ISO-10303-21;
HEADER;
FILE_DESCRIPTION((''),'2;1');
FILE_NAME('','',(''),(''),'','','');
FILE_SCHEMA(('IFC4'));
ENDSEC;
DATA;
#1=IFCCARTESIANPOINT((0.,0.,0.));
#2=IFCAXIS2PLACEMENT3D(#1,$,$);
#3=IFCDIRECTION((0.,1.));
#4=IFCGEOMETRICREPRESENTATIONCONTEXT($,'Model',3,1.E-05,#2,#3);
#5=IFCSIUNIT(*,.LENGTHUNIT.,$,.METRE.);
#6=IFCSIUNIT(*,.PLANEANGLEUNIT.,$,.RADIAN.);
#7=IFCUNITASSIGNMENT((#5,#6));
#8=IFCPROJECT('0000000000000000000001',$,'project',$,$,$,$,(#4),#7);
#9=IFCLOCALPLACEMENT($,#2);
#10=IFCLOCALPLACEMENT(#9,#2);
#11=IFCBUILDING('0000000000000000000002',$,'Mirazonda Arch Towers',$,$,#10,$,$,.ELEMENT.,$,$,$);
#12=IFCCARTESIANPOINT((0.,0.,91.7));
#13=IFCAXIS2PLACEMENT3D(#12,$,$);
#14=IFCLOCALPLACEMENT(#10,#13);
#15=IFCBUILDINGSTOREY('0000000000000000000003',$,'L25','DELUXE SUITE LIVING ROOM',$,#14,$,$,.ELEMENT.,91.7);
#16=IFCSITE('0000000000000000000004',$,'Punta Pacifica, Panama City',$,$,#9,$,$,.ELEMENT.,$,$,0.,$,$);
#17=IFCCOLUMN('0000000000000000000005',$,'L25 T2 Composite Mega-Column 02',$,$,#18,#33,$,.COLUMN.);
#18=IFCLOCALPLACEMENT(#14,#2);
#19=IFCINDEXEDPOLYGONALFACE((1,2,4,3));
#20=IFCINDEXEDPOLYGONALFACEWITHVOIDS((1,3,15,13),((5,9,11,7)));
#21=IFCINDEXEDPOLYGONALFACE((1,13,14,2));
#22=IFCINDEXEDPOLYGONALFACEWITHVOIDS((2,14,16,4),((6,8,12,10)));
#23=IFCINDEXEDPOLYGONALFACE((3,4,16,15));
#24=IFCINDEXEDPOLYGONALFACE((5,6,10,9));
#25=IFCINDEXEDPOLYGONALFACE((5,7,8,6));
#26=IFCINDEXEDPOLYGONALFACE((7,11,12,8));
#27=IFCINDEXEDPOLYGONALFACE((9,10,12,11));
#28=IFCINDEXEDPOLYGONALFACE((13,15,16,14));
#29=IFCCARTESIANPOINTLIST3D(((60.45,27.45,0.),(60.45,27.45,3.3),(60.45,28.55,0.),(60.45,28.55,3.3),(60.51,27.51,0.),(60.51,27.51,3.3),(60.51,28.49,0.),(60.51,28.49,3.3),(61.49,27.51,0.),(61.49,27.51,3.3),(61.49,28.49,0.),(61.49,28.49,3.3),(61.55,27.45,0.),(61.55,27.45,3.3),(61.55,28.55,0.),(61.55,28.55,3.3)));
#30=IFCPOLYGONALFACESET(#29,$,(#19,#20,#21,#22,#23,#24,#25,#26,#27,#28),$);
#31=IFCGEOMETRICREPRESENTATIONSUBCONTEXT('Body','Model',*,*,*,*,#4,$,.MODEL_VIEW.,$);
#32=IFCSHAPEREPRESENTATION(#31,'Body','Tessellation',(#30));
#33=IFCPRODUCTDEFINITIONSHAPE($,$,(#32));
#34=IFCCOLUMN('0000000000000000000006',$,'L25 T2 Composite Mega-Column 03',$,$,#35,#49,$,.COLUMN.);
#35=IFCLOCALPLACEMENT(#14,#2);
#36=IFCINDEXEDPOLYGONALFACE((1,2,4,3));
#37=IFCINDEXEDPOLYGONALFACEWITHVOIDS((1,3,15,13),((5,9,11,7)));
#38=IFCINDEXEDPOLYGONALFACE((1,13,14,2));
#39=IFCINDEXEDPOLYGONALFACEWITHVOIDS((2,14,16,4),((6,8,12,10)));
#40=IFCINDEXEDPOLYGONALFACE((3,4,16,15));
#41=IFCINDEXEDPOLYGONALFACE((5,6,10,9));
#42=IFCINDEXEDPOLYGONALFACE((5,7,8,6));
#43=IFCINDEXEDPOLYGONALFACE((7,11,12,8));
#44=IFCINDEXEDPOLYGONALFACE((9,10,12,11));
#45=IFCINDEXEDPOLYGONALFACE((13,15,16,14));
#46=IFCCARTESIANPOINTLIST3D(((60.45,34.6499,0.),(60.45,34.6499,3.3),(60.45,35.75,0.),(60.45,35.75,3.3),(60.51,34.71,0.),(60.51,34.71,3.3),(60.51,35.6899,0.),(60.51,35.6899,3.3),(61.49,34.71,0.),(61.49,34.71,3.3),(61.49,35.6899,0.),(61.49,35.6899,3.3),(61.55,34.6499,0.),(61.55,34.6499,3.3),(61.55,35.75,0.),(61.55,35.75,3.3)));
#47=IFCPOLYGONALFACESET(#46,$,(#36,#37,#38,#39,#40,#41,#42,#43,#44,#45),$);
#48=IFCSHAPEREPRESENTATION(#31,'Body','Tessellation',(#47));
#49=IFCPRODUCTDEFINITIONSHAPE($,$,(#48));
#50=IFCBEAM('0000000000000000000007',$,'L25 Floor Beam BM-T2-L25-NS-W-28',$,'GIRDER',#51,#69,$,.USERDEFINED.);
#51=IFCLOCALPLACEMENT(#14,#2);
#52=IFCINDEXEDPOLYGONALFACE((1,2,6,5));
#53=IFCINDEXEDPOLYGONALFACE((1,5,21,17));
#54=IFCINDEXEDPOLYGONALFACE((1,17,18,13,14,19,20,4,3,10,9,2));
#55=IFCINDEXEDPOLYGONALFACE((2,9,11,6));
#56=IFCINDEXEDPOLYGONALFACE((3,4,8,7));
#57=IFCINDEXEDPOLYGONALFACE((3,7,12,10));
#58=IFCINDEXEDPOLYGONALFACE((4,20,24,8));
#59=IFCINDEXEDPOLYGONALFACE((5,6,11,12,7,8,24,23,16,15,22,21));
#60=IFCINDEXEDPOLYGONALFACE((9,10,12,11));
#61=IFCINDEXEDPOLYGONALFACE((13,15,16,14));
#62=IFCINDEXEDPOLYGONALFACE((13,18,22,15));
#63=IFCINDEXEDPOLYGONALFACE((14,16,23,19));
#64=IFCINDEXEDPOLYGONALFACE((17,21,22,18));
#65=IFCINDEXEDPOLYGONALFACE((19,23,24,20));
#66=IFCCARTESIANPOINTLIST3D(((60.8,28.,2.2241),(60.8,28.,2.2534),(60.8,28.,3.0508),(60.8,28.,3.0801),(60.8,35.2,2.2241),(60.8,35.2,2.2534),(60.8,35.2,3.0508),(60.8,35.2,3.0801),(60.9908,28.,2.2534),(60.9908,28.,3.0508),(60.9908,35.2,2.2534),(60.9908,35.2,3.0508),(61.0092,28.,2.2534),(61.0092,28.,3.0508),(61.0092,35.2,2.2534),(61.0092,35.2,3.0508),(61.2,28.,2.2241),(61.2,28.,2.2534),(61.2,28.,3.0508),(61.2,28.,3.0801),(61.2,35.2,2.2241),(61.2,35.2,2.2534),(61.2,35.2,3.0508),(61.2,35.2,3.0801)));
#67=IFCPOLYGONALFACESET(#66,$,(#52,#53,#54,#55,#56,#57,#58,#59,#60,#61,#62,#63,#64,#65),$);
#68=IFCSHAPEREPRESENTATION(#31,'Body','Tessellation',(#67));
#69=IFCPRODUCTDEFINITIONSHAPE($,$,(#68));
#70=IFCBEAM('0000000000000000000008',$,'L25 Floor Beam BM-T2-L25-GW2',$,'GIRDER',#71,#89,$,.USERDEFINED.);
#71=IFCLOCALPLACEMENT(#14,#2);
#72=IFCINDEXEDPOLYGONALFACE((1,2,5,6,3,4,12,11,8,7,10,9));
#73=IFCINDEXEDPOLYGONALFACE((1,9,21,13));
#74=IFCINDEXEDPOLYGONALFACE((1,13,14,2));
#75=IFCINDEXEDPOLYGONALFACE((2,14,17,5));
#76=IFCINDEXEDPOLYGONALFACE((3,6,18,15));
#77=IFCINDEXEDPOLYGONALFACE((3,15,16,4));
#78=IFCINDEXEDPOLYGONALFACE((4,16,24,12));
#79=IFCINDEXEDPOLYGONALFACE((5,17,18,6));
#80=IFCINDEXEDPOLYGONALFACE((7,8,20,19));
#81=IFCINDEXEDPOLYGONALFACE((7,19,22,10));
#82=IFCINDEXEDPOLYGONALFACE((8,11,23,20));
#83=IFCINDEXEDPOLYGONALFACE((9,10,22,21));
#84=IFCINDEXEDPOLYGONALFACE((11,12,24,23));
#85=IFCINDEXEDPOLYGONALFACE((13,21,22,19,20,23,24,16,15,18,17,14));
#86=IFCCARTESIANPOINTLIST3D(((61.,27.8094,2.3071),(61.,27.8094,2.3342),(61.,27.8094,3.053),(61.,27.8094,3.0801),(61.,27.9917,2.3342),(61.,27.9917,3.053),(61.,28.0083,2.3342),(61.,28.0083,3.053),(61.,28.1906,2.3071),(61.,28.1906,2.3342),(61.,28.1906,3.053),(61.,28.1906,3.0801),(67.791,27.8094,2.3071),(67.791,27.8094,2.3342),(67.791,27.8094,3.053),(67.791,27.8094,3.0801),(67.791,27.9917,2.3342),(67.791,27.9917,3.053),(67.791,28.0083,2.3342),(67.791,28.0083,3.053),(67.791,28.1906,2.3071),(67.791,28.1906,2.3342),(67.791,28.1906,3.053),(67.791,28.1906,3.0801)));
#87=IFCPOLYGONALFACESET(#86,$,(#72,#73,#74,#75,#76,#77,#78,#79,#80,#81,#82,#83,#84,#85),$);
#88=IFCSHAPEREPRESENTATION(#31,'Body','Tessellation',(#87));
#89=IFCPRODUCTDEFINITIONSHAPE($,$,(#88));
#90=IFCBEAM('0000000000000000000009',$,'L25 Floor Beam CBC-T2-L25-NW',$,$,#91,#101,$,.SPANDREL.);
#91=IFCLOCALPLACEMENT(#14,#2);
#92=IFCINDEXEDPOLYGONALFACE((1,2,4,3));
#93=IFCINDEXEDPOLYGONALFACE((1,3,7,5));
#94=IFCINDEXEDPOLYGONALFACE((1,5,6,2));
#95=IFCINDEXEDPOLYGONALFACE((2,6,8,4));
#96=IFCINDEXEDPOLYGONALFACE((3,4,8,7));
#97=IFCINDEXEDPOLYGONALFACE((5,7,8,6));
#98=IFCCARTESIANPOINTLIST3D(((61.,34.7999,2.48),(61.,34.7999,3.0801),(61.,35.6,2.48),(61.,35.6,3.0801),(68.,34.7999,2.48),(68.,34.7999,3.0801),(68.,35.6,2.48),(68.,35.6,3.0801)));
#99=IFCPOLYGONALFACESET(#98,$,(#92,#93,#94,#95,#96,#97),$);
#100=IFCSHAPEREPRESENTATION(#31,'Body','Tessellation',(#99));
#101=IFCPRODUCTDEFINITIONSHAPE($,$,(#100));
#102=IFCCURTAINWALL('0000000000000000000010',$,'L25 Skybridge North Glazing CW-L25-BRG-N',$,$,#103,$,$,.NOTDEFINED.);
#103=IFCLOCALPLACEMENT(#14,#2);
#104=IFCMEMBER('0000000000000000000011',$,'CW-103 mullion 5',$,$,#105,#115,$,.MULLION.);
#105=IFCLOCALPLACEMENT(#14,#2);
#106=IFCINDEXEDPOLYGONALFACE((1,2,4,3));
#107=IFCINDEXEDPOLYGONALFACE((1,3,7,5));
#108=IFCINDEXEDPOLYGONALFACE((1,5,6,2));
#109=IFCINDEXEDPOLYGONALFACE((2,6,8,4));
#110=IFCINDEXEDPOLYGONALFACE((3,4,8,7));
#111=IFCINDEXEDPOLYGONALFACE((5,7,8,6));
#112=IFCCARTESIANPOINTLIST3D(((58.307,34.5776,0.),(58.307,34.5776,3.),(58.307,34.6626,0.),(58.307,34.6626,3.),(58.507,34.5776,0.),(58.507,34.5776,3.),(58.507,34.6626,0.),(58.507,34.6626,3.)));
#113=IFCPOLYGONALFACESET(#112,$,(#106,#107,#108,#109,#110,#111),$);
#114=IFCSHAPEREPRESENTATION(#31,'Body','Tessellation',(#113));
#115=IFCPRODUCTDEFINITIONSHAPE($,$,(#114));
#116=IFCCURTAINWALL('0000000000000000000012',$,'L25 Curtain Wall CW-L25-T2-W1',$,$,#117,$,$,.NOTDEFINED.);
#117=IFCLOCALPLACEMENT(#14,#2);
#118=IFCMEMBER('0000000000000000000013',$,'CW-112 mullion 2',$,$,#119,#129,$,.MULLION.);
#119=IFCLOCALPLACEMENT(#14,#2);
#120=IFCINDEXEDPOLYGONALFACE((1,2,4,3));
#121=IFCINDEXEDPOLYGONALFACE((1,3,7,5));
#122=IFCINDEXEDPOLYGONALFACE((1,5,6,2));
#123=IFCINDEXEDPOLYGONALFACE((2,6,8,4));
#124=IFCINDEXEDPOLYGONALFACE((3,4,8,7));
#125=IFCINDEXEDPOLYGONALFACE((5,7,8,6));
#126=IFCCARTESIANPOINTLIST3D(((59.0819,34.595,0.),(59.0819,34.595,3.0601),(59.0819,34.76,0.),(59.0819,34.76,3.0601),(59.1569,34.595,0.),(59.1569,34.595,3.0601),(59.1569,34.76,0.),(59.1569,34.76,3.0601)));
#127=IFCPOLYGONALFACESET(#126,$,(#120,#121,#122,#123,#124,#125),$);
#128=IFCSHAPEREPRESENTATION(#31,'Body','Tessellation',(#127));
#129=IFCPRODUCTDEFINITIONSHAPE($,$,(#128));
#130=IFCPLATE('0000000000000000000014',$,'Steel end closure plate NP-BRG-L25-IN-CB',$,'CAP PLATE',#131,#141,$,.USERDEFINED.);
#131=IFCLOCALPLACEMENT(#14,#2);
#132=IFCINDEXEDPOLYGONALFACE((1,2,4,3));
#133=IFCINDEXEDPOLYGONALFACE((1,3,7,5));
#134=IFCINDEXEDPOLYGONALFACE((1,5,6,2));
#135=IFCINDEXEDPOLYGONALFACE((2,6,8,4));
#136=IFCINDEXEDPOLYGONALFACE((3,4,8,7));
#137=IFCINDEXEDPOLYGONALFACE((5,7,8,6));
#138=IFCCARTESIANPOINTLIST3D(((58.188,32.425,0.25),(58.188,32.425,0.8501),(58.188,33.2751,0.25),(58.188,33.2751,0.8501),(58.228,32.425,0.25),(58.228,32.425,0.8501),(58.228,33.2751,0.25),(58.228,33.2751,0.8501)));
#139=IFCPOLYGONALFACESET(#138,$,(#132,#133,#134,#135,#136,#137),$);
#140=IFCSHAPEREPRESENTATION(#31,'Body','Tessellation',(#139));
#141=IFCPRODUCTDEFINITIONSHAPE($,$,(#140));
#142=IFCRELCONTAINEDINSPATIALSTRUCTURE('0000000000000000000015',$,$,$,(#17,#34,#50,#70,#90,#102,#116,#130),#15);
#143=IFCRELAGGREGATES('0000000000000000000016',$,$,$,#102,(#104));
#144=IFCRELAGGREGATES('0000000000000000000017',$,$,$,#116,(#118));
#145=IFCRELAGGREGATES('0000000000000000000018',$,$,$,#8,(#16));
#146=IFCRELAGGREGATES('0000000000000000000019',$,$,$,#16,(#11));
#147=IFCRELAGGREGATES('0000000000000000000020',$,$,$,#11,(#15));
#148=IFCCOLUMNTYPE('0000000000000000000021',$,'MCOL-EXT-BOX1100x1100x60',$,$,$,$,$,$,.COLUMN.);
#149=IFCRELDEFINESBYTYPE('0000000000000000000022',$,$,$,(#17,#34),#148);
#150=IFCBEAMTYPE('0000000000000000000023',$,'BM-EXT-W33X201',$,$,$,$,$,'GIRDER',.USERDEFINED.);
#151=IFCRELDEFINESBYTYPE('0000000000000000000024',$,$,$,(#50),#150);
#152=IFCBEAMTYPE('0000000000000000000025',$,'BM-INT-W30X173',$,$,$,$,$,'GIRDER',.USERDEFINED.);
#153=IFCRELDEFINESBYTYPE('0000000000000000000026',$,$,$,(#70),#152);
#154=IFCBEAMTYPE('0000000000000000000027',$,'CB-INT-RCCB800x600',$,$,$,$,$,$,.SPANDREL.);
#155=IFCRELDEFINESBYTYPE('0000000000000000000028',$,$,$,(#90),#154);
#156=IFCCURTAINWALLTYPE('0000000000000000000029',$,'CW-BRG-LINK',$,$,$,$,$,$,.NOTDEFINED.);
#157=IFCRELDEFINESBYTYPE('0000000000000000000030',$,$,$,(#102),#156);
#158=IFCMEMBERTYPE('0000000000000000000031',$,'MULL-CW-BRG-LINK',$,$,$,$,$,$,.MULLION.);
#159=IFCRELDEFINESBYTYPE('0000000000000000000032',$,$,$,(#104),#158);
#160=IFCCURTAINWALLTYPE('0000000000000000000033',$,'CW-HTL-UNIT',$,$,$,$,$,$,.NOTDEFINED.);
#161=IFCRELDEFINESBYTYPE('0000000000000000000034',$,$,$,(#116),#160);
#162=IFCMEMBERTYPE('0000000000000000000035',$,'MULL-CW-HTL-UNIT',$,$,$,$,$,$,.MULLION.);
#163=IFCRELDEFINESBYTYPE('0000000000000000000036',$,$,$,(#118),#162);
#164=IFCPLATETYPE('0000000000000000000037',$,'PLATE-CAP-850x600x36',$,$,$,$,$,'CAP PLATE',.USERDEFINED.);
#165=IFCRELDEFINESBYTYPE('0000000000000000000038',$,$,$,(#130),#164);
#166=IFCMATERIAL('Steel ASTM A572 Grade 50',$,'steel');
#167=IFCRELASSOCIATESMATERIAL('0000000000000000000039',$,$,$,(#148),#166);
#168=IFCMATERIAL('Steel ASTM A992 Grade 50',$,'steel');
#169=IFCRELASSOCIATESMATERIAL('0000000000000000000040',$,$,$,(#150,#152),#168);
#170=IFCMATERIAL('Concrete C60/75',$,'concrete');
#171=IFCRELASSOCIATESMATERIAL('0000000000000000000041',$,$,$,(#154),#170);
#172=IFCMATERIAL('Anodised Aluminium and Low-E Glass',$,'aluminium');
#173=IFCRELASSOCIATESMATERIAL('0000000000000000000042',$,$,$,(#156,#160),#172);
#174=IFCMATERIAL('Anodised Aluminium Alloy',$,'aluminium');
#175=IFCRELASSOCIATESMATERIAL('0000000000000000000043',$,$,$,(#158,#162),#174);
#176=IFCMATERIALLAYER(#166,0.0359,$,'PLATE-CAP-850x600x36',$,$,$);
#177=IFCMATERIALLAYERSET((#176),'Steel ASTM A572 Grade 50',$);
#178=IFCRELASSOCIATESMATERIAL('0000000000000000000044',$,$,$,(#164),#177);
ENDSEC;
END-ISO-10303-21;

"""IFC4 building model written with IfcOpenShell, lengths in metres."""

from ifc_helpers import new_model, si_unit, direction, frame, origin, origin_2d, place, context, subcontext, project, spatial, rectangle, hollow_rectangle, i_section, extrude, material, layer, layer_set, material_profile, profile_set, type_object, element, aggregate, save


model = new_model("IFC4")

# Units and contexts
model_context = context("Model", 3, precision=1e-05, world=origin(), true_north=direction((0.0, 1.0)))
body_context = subcontext(model_context, "Body", "Model", "MODEL_VIEW")
ifc_project = project(units=[si_unit("LENGTHUNIT", "METRE"), si_unit("PLANEANGLEUNIT", "RADIAN")], contexts=[model_context])

# Site, building, storey
site_placement = place(None, origin())
site = spatial("IfcSite", under=ifc_project, at=site_placement, Name="Punta Pacifica, Panama City", CompositionType="ELEMENT", RefElevation=0.0)
building_placement = place(site_placement, origin())
building = spatial("IfcBuilding", under=site, at=building_placement, Name="Mirazonda Arch Towers", CompositionType="ELEMENT")
storey_placement = place(building_placement, frame((0.0, 0.0, 91.7)))
storey = spatial("IfcBuildingStorey", under=building, at=storey_placement, Name="L25", Description="DELUXE SUITE LIVING ROOM", CompositionType="ELEMENT", Elevation=91.7)

# Columns
ifc_material_1 = material(Name="Steel ASTM A572 Grade 50", Category="steel")
ifc_material_profile_1 = material_profile(ifc_material_1, hollow_rectangle(XDim=1.1001, YDim=1.1001, WallThickness=0.0601, at=origin_2d()), Name="BOX1100x1100x60")
ifc_profile_set_1 = profile_set([ifc_material_profile_1], Name="Steel ASTM A572 Grade 50")
column_type = type_object("IfcColumnType", Name="MCOL-EXT-BOX1100x1100x60", PredefinedType="COLUMN", material=ifc_profile_set_1)
for number, where, z_axis, x_axis, name in (
    (1, (61.0, 28.0, 0.0), (0.0, 0.0, 1.0), (1.0, 0.0, 0.0), "L25 T2 Composite Mega-Column 02"),
    (2, (61.0, 35.2, 0.0), (0.0, 0.0, 1.0), (1.0, 0.0, 0.0), "L25 T2 Composite Mega-Column 03"),
):
    element("IfcColumn", number, at=place(storey_placement, frame(where, z_axis=z_axis, x_axis=x_axis)), inside=storey, type_object=column_type, Name=name, PredefinedType="COLUMN", context=body_context, shape_type="SweptSolid", body=[
        extrude(hollow_rectangle(XDim=1.1001, YDim=1.1001, WallThickness=0.0601, at=origin_2d()), origin(), (0.0, 0.0, 1.0), 3.3),
    ])

# Beams
ifc_material_2 = material(Name="Steel ASTM A992 Grade 50", Category="steel")
ifc_material_profile_2 = material_profile(ifc_material_2, i_section(OverallWidth=0.3999, OverallDepth=0.856, WebThickness=0.0183, FlangeThickness=0.0293, at=origin_2d()), Name="W33X201")
ifc_profile_set_2 = profile_set([ifc_material_profile_2], Name="Steel ASTM A992 Grade 50")
beam_type_1 = type_object("IfcBeamType", Name="BM-EXT-W33X201", ElementType="GIRDER", PredefinedType="USERDEFINED", material=ifc_profile_set_2)
beam_1_placement = place(storey_placement, frame((61.0, 28.0, 2.6521), z_axis=(0.0, 1.0, 0.0), x_axis=(-1.0, 0.0, 0.0)))
element("IfcBeam", 3, at=beam_1_placement, inside=storey, type_object=beam_type_1, Name="L25 Floor Beam BM-T2-L25-NS-W-28", ObjectType="GIRDER", PredefinedType="USERDEFINED", context=body_context, shape_type="SweptSolid", body=[
    extrude(i_section(OverallWidth=0.3999, OverallDepth=0.856, WebThickness=0.0183, FlangeThickness=0.0293, at=origin_2d()), origin(), (0.0, 0.0, 1.0), 7.2),
])
ifc_material_profile_3 = material_profile(ifc_material_2, i_section(OverallWidth=0.3811, OverallDepth=0.7729, WebThickness=0.0166, FlangeThickness=0.0271, at=origin_2d()), Name="W30X173")
ifc_profile_set_3 = profile_set([ifc_material_profile_3], Name="Steel ASTM A992 Grade 50")
beam_type_2 = type_object("IfcBeamType", Name="BM-INT-W30X173", ElementType="GIRDER", PredefinedType="USERDEFINED", material=ifc_profile_set_3)
beam_2_placement = place(storey_placement, frame((61.0, 28.0, 2.6936), z_axis=(1.0, 0.0, 0.0), x_axis=(0.0, 1.0, 0.0)))
element("IfcBeam", 4, at=beam_2_placement, inside=storey, type_object=beam_type_2, Name="L25 Floor Beam BM-T2-L25-GW2", ObjectType="GIRDER", PredefinedType="USERDEFINED", context=body_context, shape_type="SweptSolid", body=[
    extrude(i_section(OverallWidth=0.3811, OverallDepth=0.7729, WebThickness=0.0166, FlangeThickness=0.0271, at=origin_2d()), origin(), (0.0, 0.0, 1.0), 6.791),
])
ifc_material_3 = material(Name="Concrete C60/75", Category="concrete")
ifc_material_profile_4 = material_profile(ifc_material_3, rectangle(XDim=0.8, YDim=0.6001, at=origin_2d()), Name="RCCB800x600")
ifc_profile_set_4 = profile_set([ifc_material_profile_4], Name="Concrete C60/75")
beam_type_3 = type_object("IfcBeamType", Name="CB-INT-RCCB800x600", PredefinedType="SPANDREL", material=ifc_profile_set_4)
beam_3_placement = place(storey_placement, frame((61.0, 35.2, 2.78), z_axis=(1.0, 0.0, 0.0), x_axis=(0.0, 1.0, 0.0)))
element("IfcBeam", 5, at=beam_3_placement, inside=storey, type_object=beam_type_3, Name="L25 Floor Beam CBC-T2-L25-NW", PredefinedType="SPANDREL", context=body_context, shape_type="SweptSolid", body=[
    extrude(rectangle(XDim=0.8, YDim=0.6001, at=origin_2d()), origin(), (0.0, 0.0, 1.0), 7.0),
])

# Curtain walls, members
ifc_material_4 = material(Name="Anodised Aluminium and Low-E Glass", Category="aluminium")
curtain_wall_type_1 = type_object("IfcCurtainWallType", Name="CW-BRG-LINK", PredefinedType="NOTDEFINED", material=ifc_material_4)
curtain_wall_1_placement = place(storey_placement, origin())
curtain_wall_1 = element("IfcCurtainWall", 6, at=curtain_wall_1_placement, inside=storey, type_object=curtain_wall_type_1, Name="L25 Skybridge North Glazing CW-L25-BRG-N", PredefinedType="NOTDEFINED")
ifc_material_5 = material(Name="Anodised Aluminium Alloy", Category="aluminium")
ifc_material_profile_5 = material_profile(ifc_material_5, rectangle(XDim=0.085, YDim=0.2, at=origin_2d()), Name="ALU-MULL-85x200")
ifc_profile_set_5 = profile_set([ifc_material_profile_5], Name="Anodised Aluminium Alloy")
member_type_1 = type_object("IfcMemberType", Name="MULL-CW-BRG-LINK", PredefinedType="MULLION", material=ifc_profile_set_5)
member_1_placement = place(storey_placement, frame((58.407, 34.6201, 0.0), z_axis=(0.0, 0.0, 1.0), x_axis=(0.0, 1.0, 0.0)))
member_1 = element("IfcMember", 7, at=member_1_placement, type_object=member_type_1, Name="CW-103 mullion 5", PredefinedType="MULLION", context=body_context, shape_type="SweptSolid", body=[
    extrude(rectangle(XDim=0.085, YDim=0.2, at=origin_2d()), origin(), (0.0, 0.0, 1.0), 3.0),
])
aggregate(curtain_wall_1, [member_1])
curtain_wall_type_2 = type_object("IfcCurtainWallType", Name="CW-HTL-UNIT", PredefinedType="NOTDEFINED", material=ifc_material_4)
curtain_wall_2_placement = place(storey_placement, origin())
curtain_wall_2 = element("IfcCurtainWall", 8, at=curtain_wall_2_placement, inside=storey, type_object=curtain_wall_type_2, Name="L25 Curtain Wall CW-L25-T2-W1", PredefinedType="NOTDEFINED")
ifc_material_profile_6 = material_profile(ifc_material_5, rectangle(XDim=0.075, YDim=0.165, at=origin_2d()), Name="ALU-MULL-75x165")
ifc_profile_set_6 = profile_set([ifc_material_profile_6], Name="Anodised Aluminium Alloy")
member_type_2 = type_object("IfcMemberType", Name="MULL-CW-HTL-UNIT", PredefinedType="MULLION", material=ifc_profile_set_6)
member_2_placement = place(storey_placement, frame((59.1194, 34.6775, 0.0), z_axis=(0.0, 0.0, 1.0), x_axis=(1.0, 0.0, 0.0)))
member_2 = element("IfcMember", 9, at=member_2_placement, type_object=member_type_2, Name="CW-112 mullion 2", PredefinedType="MULLION", context=body_context, shape_type="SweptSolid", body=[
    extrude(rectangle(XDim=0.075, YDim=0.165, at=origin_2d()), origin(), (0.0, 0.0, 1.0), 3.0601),
])
aggregate(curtain_wall_2, [member_2])

# Plate
ifc_layer_1 = layer(ifc_material_1, 0.0359, Name="PLATE-CAP-850x600x36")
ifc_layer_set_1 = layer_set([ifc_layer_1], Name="Steel ASTM A572 Grade 50")
plate_type = type_object("IfcPlateType", Name="PLATE-CAP-850x600x36", ElementType="CAP PLATE", PredefinedType="USERDEFINED", material=ifc_layer_set_1)
plate_placement = place(storey_placement, frame((58.208, 32.8501, 0.25), z_axis=(0.0, 0.0, 1.0), x_axis=(1.0, 0.0, 0.0)))
element("IfcPlate", 10, at=plate_placement, inside=storey, type_object=plate_type, Name="Steel end closure plate NP-BRG-L25-IN-CB", ObjectType="CAP PLATE", PredefinedType="USERDEFINED", context=body_context, shape_type="SweptSolid", body=[
    extrude(rectangle(XDim=0.04, YDim=0.8501, at=origin_2d()), origin(), (0.0, 0.0, 1.0), 0.6001),
])

save(model, "model.ifc")
